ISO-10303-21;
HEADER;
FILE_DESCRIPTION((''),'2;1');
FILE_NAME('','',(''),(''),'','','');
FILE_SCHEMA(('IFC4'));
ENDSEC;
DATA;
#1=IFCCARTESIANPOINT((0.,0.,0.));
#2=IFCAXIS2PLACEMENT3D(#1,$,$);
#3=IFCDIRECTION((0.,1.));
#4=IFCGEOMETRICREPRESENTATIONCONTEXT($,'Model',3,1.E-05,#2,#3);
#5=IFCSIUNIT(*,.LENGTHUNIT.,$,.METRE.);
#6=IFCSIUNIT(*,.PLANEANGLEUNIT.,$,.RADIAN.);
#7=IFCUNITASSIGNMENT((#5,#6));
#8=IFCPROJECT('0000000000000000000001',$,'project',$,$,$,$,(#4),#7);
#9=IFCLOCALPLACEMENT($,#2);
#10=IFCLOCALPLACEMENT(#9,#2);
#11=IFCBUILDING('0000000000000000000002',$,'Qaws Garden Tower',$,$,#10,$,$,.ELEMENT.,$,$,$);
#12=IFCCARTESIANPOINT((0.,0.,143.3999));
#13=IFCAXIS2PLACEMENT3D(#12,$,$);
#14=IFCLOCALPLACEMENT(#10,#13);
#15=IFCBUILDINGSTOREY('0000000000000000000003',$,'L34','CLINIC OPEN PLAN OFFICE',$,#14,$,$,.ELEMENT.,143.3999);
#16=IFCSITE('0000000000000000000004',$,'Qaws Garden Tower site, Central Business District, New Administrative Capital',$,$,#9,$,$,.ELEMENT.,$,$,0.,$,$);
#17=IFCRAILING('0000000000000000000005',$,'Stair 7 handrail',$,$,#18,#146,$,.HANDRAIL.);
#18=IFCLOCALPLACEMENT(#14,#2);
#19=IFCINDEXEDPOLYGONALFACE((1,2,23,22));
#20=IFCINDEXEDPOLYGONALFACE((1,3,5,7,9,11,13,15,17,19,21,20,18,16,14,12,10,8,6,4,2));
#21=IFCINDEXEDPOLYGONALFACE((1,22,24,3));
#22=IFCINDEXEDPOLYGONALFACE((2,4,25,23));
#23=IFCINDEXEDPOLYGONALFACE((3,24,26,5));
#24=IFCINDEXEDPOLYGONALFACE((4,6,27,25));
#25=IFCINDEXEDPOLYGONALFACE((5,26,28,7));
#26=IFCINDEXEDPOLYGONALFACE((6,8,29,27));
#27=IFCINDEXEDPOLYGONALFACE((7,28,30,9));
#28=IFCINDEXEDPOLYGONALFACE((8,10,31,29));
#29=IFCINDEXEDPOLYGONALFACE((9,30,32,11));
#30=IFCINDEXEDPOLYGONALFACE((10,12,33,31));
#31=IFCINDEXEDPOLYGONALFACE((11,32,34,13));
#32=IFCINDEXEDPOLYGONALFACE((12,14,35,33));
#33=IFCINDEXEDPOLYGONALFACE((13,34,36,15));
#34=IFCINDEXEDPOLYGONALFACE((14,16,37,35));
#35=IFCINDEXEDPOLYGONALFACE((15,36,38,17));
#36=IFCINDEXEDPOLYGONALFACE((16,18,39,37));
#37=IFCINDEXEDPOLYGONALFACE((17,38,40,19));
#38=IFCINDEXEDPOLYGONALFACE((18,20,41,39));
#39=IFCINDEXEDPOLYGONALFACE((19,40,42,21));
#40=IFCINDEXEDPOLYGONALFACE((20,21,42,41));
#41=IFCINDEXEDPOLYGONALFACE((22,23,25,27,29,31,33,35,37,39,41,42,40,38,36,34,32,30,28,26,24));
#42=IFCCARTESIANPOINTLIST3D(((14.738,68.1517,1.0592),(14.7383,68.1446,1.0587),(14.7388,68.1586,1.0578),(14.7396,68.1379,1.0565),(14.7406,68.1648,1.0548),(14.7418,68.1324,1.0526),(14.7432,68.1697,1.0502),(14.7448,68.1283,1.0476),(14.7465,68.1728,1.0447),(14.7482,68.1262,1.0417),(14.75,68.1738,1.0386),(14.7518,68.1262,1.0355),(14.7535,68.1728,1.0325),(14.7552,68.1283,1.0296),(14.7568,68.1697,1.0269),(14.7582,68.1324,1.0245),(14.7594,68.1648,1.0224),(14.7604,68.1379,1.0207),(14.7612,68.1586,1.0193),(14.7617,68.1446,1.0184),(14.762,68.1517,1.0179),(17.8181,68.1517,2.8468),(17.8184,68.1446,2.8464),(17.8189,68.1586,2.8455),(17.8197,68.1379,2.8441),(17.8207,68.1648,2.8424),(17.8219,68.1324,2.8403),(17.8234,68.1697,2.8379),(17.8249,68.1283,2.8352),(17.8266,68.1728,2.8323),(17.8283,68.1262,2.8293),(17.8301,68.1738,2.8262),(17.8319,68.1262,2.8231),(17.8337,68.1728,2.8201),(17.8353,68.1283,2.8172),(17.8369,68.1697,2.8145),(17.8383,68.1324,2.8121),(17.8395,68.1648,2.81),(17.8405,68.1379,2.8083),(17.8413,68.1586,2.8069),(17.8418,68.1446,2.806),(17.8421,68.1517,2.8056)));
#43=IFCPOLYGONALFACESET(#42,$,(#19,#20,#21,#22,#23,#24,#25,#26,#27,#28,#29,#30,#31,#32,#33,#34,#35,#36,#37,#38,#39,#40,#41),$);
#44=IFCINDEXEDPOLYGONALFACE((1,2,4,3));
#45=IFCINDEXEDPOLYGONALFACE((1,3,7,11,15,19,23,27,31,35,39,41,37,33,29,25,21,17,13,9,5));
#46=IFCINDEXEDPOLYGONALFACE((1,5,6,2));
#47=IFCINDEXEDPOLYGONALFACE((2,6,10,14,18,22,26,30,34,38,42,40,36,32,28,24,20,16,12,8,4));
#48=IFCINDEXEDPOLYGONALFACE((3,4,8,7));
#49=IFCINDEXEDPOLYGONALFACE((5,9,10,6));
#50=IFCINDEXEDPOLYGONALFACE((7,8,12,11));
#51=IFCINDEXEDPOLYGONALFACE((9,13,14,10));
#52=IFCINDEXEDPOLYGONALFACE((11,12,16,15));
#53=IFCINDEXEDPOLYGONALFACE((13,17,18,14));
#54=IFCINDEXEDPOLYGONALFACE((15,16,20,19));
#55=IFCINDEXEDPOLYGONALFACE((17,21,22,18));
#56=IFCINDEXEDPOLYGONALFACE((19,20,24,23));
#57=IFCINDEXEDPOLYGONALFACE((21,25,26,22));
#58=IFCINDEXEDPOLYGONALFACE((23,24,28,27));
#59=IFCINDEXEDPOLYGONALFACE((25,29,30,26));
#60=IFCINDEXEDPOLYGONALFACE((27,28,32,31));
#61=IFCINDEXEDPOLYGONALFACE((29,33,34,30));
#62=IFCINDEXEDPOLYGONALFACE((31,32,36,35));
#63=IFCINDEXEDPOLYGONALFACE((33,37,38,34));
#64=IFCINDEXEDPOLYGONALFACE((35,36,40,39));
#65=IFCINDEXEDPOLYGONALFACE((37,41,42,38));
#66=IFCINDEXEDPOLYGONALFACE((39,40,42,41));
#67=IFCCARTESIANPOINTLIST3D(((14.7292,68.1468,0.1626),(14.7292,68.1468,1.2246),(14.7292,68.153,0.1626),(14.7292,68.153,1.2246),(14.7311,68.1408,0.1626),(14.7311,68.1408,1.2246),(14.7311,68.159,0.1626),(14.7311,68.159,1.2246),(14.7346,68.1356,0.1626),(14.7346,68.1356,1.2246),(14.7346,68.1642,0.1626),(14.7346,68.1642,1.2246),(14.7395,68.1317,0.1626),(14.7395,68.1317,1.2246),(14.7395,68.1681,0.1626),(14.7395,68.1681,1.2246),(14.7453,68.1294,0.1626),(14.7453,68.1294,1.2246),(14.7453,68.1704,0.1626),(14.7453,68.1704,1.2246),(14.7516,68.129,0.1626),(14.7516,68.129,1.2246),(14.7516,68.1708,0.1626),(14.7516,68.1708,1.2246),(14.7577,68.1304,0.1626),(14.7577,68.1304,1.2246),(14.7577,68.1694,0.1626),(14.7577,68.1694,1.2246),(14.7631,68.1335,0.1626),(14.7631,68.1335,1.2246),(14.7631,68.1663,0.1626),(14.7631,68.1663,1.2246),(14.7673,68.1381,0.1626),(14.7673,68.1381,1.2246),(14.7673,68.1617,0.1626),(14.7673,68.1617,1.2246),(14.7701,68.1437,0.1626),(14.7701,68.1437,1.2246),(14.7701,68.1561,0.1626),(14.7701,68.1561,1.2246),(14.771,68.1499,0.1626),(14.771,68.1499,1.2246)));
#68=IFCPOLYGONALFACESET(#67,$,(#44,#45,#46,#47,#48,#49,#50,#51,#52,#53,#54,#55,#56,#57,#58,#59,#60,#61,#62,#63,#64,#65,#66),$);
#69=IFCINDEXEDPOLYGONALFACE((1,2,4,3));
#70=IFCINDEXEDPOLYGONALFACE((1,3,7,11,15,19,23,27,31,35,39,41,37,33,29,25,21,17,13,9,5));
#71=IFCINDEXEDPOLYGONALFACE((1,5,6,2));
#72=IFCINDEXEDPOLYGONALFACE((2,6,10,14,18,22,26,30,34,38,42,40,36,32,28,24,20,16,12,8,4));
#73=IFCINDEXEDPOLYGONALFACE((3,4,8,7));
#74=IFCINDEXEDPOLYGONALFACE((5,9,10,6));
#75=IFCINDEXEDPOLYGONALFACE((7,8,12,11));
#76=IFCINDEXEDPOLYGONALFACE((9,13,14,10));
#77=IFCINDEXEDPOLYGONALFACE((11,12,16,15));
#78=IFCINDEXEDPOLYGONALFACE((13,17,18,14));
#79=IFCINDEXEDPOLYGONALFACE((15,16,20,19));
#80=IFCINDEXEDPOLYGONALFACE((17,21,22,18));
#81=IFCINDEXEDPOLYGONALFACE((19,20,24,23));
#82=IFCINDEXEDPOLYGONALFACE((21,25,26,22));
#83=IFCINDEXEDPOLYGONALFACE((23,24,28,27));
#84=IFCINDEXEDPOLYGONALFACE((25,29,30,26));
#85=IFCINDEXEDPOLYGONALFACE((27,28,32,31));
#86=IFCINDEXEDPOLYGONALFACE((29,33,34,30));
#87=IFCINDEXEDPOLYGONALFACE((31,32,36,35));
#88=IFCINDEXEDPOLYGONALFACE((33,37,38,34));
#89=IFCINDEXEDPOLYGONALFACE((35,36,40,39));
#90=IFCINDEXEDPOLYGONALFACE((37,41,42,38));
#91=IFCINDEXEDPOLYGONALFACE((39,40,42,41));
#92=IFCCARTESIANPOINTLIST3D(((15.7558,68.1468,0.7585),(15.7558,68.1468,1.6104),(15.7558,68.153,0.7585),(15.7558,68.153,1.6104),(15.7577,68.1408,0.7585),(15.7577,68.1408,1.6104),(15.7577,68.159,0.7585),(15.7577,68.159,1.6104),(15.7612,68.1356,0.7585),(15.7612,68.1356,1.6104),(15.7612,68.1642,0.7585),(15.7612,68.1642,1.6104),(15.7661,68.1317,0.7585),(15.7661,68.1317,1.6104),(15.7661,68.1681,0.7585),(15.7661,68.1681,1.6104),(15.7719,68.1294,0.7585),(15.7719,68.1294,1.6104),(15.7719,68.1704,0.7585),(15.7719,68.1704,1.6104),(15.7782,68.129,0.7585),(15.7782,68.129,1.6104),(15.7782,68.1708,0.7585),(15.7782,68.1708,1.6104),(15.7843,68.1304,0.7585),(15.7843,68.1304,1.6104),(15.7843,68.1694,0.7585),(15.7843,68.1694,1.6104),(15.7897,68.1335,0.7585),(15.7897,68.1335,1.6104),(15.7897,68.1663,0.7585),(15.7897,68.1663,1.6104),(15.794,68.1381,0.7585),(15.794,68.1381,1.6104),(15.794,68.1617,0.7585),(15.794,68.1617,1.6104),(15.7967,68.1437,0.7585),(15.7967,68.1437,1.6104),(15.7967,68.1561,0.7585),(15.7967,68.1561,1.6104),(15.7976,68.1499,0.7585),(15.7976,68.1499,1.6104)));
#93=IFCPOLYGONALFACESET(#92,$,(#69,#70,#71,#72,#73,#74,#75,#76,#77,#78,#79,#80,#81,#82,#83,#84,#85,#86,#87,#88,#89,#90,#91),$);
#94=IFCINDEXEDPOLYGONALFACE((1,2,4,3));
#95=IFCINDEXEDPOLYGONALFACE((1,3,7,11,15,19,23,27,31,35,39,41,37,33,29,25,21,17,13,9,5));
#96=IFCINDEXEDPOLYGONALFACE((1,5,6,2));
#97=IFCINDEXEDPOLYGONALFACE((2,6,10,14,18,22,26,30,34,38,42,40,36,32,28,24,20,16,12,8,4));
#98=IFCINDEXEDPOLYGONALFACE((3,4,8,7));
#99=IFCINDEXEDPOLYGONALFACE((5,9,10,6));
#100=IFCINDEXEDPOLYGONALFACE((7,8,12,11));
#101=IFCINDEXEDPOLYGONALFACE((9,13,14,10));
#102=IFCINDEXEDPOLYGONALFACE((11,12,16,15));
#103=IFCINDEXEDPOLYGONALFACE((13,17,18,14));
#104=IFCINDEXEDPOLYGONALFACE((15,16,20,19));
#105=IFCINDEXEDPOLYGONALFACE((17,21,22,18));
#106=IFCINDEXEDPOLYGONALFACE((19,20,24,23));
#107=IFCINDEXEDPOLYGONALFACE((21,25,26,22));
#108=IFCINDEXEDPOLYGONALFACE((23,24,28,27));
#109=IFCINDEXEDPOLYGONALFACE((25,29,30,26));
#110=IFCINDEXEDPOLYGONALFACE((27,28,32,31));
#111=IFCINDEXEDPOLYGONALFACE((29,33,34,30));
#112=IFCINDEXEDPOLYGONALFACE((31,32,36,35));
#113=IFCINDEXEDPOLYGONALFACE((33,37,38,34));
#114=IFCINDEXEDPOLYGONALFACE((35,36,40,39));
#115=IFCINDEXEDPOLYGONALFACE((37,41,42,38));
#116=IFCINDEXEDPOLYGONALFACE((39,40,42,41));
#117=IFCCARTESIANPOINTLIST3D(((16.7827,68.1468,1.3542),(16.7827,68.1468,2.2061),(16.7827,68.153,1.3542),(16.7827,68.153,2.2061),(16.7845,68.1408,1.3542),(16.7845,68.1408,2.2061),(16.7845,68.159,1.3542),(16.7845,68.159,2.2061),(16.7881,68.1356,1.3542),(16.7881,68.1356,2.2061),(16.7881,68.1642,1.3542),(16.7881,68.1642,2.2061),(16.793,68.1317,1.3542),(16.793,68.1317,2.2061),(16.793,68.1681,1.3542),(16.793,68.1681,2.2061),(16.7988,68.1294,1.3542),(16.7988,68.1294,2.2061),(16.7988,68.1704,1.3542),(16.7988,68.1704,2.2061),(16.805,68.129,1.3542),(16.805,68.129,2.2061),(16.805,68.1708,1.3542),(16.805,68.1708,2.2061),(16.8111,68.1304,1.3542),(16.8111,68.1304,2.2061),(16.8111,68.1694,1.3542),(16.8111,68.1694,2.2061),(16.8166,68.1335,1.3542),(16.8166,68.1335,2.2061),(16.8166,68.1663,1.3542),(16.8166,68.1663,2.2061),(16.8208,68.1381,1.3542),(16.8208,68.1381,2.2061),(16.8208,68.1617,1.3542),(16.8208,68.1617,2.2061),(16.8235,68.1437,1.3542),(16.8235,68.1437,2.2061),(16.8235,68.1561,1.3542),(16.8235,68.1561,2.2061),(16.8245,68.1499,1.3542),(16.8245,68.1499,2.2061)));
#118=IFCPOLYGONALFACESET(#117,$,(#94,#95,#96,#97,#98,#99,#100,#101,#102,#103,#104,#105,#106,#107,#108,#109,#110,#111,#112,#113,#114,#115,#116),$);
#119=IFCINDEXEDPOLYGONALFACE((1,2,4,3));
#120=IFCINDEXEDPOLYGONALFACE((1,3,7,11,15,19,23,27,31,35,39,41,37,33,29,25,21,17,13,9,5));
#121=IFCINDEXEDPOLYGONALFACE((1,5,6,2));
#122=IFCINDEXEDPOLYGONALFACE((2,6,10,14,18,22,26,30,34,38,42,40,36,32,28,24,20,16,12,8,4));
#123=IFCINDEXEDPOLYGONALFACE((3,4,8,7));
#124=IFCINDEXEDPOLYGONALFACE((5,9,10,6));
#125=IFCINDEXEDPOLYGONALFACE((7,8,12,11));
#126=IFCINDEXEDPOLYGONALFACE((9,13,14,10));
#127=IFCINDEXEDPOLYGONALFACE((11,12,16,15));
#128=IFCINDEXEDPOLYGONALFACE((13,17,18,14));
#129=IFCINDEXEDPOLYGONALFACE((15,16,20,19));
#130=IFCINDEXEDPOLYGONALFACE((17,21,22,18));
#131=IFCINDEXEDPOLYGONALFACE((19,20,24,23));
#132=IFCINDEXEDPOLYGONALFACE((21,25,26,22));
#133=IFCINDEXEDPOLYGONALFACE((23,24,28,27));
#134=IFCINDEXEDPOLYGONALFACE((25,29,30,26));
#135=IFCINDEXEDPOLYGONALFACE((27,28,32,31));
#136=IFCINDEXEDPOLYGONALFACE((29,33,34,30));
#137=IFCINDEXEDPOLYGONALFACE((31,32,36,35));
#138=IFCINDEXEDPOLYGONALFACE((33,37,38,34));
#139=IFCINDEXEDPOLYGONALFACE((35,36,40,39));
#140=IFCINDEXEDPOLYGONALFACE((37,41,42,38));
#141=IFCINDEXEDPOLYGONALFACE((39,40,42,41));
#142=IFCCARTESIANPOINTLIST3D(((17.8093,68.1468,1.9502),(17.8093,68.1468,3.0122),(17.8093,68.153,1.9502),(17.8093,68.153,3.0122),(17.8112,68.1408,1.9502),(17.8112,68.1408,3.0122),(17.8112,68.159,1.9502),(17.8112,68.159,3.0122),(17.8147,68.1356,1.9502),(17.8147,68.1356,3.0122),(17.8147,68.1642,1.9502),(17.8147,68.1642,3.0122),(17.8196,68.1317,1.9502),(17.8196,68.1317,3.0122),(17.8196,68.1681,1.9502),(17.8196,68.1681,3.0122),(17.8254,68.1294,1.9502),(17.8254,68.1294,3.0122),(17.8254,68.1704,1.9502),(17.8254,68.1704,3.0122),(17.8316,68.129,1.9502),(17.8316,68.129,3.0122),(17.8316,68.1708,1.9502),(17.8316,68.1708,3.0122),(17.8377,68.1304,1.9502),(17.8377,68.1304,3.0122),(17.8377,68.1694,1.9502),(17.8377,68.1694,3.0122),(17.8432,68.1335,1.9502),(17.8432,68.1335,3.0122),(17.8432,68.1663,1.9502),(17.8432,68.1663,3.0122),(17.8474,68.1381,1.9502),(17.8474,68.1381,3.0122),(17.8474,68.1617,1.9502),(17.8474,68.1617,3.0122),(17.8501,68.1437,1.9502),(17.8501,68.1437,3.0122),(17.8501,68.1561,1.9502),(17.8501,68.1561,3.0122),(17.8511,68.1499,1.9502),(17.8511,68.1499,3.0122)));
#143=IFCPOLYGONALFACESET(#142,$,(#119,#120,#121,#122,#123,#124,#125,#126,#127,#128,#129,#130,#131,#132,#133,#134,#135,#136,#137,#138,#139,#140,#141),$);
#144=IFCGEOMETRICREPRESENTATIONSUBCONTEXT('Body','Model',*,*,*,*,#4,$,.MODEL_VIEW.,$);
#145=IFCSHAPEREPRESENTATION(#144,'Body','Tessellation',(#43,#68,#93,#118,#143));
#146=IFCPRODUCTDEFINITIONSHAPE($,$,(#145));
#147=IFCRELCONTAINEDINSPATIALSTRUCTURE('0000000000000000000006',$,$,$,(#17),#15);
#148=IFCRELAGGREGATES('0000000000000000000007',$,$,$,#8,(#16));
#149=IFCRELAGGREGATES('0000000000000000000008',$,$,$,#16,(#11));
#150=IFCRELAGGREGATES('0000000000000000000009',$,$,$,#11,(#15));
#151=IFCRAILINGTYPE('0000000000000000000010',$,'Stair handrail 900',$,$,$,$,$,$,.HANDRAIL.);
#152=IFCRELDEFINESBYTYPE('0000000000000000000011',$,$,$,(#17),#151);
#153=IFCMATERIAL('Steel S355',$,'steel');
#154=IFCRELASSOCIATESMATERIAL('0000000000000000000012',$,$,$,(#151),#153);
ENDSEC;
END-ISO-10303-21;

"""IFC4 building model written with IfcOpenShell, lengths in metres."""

from ifc_helpers import new_model, si_unit, direction, frame, origin, origin_2d, place, context, subcontext, project, spatial, circle, extrude, material, type_object, element, save


model = new_model("IFC4")

# Units and contexts
model_context = context("Model", 3, precision=1e-05, world=origin(), true_north=direction((0.0, 1.0)))
body_context = subcontext(model_context, "Body", "Model", "MODEL_VIEW")
ifc_project = project(units=[si_unit("LENGTHUNIT", "METRE"), si_unit("PLANEANGLEUNIT", "RADIAN")], contexts=[model_context])

# Site, building, storey
site_placement = place(None, origin())
site = spatial("IfcSite", under=ifc_project, at=site_placement, Name="Qaws Garden Tower site, Central Business District, New Administrative Capital", CompositionType="ELEMENT", RefElevation=0.0)
building_placement = place(site_placement, origin())
building = spatial("IfcBuilding", under=site, at=building_placement, Name="Qaws Garden Tower", CompositionType="ELEMENT")
storey_placement = place(building_placement, frame((0.0, 0.0, 143.3999)))
storey = spatial("IfcBuildingStorey", under=building, at=storey_placement, Name="L34", Description="CLINIC OPEN PLAN OFFICE", CompositionType="ELEMENT", Elevation=143.3999)

# Railing
ifc_material_1 = material(Name="Steel S355", Category="steel")
railing_type = type_object("IfcRailingType", Name="Stair handrail 900", PredefinedType="HANDRAIL", material=ifc_material_1)
railing_1_placement = place(storey_placement, frame((14.75, 68.1499, 0.1626)))
element("IfcRailing", 1, at=railing_1_placement, inside=storey, type_object=railing_type, Name="Stair 7 handrail", PredefinedType="HANDRAIL", context=body_context, shape_type="SweptSolid", body=[
    extrude(circle(Radius=0.0239, at=origin_2d()), frame((0.0, 0.0, 0.876), z_axis=(0.864891, 0.0, 0.50196), x_axis=(0.0, 1.0, 0.0)), (0.0, 0.0, 1.0), 3.5613),
    extrude(circle(Radius=0.021, at=origin_2d()), origin(), (0.0, 0.0, 1.0), 1.062),
    extrude(circle(Radius=0.021, at=origin_2d()), frame((1.0266, 0.0, 0.5959)), (0.0, 0.0, 1.0), 0.8518),
    extrude(circle(Radius=0.021, at=origin_2d()), frame((2.0535, 0.0, 1.1917)), (0.0, 0.0, 1.0), 0.8518),
    extrude(circle(Radius=0.021, at=origin_2d()), frame((3.0801, 0.0, 1.7876)), (0.0, 0.0, 1.0), 1.062),
])

save(model, "model.ifc")
